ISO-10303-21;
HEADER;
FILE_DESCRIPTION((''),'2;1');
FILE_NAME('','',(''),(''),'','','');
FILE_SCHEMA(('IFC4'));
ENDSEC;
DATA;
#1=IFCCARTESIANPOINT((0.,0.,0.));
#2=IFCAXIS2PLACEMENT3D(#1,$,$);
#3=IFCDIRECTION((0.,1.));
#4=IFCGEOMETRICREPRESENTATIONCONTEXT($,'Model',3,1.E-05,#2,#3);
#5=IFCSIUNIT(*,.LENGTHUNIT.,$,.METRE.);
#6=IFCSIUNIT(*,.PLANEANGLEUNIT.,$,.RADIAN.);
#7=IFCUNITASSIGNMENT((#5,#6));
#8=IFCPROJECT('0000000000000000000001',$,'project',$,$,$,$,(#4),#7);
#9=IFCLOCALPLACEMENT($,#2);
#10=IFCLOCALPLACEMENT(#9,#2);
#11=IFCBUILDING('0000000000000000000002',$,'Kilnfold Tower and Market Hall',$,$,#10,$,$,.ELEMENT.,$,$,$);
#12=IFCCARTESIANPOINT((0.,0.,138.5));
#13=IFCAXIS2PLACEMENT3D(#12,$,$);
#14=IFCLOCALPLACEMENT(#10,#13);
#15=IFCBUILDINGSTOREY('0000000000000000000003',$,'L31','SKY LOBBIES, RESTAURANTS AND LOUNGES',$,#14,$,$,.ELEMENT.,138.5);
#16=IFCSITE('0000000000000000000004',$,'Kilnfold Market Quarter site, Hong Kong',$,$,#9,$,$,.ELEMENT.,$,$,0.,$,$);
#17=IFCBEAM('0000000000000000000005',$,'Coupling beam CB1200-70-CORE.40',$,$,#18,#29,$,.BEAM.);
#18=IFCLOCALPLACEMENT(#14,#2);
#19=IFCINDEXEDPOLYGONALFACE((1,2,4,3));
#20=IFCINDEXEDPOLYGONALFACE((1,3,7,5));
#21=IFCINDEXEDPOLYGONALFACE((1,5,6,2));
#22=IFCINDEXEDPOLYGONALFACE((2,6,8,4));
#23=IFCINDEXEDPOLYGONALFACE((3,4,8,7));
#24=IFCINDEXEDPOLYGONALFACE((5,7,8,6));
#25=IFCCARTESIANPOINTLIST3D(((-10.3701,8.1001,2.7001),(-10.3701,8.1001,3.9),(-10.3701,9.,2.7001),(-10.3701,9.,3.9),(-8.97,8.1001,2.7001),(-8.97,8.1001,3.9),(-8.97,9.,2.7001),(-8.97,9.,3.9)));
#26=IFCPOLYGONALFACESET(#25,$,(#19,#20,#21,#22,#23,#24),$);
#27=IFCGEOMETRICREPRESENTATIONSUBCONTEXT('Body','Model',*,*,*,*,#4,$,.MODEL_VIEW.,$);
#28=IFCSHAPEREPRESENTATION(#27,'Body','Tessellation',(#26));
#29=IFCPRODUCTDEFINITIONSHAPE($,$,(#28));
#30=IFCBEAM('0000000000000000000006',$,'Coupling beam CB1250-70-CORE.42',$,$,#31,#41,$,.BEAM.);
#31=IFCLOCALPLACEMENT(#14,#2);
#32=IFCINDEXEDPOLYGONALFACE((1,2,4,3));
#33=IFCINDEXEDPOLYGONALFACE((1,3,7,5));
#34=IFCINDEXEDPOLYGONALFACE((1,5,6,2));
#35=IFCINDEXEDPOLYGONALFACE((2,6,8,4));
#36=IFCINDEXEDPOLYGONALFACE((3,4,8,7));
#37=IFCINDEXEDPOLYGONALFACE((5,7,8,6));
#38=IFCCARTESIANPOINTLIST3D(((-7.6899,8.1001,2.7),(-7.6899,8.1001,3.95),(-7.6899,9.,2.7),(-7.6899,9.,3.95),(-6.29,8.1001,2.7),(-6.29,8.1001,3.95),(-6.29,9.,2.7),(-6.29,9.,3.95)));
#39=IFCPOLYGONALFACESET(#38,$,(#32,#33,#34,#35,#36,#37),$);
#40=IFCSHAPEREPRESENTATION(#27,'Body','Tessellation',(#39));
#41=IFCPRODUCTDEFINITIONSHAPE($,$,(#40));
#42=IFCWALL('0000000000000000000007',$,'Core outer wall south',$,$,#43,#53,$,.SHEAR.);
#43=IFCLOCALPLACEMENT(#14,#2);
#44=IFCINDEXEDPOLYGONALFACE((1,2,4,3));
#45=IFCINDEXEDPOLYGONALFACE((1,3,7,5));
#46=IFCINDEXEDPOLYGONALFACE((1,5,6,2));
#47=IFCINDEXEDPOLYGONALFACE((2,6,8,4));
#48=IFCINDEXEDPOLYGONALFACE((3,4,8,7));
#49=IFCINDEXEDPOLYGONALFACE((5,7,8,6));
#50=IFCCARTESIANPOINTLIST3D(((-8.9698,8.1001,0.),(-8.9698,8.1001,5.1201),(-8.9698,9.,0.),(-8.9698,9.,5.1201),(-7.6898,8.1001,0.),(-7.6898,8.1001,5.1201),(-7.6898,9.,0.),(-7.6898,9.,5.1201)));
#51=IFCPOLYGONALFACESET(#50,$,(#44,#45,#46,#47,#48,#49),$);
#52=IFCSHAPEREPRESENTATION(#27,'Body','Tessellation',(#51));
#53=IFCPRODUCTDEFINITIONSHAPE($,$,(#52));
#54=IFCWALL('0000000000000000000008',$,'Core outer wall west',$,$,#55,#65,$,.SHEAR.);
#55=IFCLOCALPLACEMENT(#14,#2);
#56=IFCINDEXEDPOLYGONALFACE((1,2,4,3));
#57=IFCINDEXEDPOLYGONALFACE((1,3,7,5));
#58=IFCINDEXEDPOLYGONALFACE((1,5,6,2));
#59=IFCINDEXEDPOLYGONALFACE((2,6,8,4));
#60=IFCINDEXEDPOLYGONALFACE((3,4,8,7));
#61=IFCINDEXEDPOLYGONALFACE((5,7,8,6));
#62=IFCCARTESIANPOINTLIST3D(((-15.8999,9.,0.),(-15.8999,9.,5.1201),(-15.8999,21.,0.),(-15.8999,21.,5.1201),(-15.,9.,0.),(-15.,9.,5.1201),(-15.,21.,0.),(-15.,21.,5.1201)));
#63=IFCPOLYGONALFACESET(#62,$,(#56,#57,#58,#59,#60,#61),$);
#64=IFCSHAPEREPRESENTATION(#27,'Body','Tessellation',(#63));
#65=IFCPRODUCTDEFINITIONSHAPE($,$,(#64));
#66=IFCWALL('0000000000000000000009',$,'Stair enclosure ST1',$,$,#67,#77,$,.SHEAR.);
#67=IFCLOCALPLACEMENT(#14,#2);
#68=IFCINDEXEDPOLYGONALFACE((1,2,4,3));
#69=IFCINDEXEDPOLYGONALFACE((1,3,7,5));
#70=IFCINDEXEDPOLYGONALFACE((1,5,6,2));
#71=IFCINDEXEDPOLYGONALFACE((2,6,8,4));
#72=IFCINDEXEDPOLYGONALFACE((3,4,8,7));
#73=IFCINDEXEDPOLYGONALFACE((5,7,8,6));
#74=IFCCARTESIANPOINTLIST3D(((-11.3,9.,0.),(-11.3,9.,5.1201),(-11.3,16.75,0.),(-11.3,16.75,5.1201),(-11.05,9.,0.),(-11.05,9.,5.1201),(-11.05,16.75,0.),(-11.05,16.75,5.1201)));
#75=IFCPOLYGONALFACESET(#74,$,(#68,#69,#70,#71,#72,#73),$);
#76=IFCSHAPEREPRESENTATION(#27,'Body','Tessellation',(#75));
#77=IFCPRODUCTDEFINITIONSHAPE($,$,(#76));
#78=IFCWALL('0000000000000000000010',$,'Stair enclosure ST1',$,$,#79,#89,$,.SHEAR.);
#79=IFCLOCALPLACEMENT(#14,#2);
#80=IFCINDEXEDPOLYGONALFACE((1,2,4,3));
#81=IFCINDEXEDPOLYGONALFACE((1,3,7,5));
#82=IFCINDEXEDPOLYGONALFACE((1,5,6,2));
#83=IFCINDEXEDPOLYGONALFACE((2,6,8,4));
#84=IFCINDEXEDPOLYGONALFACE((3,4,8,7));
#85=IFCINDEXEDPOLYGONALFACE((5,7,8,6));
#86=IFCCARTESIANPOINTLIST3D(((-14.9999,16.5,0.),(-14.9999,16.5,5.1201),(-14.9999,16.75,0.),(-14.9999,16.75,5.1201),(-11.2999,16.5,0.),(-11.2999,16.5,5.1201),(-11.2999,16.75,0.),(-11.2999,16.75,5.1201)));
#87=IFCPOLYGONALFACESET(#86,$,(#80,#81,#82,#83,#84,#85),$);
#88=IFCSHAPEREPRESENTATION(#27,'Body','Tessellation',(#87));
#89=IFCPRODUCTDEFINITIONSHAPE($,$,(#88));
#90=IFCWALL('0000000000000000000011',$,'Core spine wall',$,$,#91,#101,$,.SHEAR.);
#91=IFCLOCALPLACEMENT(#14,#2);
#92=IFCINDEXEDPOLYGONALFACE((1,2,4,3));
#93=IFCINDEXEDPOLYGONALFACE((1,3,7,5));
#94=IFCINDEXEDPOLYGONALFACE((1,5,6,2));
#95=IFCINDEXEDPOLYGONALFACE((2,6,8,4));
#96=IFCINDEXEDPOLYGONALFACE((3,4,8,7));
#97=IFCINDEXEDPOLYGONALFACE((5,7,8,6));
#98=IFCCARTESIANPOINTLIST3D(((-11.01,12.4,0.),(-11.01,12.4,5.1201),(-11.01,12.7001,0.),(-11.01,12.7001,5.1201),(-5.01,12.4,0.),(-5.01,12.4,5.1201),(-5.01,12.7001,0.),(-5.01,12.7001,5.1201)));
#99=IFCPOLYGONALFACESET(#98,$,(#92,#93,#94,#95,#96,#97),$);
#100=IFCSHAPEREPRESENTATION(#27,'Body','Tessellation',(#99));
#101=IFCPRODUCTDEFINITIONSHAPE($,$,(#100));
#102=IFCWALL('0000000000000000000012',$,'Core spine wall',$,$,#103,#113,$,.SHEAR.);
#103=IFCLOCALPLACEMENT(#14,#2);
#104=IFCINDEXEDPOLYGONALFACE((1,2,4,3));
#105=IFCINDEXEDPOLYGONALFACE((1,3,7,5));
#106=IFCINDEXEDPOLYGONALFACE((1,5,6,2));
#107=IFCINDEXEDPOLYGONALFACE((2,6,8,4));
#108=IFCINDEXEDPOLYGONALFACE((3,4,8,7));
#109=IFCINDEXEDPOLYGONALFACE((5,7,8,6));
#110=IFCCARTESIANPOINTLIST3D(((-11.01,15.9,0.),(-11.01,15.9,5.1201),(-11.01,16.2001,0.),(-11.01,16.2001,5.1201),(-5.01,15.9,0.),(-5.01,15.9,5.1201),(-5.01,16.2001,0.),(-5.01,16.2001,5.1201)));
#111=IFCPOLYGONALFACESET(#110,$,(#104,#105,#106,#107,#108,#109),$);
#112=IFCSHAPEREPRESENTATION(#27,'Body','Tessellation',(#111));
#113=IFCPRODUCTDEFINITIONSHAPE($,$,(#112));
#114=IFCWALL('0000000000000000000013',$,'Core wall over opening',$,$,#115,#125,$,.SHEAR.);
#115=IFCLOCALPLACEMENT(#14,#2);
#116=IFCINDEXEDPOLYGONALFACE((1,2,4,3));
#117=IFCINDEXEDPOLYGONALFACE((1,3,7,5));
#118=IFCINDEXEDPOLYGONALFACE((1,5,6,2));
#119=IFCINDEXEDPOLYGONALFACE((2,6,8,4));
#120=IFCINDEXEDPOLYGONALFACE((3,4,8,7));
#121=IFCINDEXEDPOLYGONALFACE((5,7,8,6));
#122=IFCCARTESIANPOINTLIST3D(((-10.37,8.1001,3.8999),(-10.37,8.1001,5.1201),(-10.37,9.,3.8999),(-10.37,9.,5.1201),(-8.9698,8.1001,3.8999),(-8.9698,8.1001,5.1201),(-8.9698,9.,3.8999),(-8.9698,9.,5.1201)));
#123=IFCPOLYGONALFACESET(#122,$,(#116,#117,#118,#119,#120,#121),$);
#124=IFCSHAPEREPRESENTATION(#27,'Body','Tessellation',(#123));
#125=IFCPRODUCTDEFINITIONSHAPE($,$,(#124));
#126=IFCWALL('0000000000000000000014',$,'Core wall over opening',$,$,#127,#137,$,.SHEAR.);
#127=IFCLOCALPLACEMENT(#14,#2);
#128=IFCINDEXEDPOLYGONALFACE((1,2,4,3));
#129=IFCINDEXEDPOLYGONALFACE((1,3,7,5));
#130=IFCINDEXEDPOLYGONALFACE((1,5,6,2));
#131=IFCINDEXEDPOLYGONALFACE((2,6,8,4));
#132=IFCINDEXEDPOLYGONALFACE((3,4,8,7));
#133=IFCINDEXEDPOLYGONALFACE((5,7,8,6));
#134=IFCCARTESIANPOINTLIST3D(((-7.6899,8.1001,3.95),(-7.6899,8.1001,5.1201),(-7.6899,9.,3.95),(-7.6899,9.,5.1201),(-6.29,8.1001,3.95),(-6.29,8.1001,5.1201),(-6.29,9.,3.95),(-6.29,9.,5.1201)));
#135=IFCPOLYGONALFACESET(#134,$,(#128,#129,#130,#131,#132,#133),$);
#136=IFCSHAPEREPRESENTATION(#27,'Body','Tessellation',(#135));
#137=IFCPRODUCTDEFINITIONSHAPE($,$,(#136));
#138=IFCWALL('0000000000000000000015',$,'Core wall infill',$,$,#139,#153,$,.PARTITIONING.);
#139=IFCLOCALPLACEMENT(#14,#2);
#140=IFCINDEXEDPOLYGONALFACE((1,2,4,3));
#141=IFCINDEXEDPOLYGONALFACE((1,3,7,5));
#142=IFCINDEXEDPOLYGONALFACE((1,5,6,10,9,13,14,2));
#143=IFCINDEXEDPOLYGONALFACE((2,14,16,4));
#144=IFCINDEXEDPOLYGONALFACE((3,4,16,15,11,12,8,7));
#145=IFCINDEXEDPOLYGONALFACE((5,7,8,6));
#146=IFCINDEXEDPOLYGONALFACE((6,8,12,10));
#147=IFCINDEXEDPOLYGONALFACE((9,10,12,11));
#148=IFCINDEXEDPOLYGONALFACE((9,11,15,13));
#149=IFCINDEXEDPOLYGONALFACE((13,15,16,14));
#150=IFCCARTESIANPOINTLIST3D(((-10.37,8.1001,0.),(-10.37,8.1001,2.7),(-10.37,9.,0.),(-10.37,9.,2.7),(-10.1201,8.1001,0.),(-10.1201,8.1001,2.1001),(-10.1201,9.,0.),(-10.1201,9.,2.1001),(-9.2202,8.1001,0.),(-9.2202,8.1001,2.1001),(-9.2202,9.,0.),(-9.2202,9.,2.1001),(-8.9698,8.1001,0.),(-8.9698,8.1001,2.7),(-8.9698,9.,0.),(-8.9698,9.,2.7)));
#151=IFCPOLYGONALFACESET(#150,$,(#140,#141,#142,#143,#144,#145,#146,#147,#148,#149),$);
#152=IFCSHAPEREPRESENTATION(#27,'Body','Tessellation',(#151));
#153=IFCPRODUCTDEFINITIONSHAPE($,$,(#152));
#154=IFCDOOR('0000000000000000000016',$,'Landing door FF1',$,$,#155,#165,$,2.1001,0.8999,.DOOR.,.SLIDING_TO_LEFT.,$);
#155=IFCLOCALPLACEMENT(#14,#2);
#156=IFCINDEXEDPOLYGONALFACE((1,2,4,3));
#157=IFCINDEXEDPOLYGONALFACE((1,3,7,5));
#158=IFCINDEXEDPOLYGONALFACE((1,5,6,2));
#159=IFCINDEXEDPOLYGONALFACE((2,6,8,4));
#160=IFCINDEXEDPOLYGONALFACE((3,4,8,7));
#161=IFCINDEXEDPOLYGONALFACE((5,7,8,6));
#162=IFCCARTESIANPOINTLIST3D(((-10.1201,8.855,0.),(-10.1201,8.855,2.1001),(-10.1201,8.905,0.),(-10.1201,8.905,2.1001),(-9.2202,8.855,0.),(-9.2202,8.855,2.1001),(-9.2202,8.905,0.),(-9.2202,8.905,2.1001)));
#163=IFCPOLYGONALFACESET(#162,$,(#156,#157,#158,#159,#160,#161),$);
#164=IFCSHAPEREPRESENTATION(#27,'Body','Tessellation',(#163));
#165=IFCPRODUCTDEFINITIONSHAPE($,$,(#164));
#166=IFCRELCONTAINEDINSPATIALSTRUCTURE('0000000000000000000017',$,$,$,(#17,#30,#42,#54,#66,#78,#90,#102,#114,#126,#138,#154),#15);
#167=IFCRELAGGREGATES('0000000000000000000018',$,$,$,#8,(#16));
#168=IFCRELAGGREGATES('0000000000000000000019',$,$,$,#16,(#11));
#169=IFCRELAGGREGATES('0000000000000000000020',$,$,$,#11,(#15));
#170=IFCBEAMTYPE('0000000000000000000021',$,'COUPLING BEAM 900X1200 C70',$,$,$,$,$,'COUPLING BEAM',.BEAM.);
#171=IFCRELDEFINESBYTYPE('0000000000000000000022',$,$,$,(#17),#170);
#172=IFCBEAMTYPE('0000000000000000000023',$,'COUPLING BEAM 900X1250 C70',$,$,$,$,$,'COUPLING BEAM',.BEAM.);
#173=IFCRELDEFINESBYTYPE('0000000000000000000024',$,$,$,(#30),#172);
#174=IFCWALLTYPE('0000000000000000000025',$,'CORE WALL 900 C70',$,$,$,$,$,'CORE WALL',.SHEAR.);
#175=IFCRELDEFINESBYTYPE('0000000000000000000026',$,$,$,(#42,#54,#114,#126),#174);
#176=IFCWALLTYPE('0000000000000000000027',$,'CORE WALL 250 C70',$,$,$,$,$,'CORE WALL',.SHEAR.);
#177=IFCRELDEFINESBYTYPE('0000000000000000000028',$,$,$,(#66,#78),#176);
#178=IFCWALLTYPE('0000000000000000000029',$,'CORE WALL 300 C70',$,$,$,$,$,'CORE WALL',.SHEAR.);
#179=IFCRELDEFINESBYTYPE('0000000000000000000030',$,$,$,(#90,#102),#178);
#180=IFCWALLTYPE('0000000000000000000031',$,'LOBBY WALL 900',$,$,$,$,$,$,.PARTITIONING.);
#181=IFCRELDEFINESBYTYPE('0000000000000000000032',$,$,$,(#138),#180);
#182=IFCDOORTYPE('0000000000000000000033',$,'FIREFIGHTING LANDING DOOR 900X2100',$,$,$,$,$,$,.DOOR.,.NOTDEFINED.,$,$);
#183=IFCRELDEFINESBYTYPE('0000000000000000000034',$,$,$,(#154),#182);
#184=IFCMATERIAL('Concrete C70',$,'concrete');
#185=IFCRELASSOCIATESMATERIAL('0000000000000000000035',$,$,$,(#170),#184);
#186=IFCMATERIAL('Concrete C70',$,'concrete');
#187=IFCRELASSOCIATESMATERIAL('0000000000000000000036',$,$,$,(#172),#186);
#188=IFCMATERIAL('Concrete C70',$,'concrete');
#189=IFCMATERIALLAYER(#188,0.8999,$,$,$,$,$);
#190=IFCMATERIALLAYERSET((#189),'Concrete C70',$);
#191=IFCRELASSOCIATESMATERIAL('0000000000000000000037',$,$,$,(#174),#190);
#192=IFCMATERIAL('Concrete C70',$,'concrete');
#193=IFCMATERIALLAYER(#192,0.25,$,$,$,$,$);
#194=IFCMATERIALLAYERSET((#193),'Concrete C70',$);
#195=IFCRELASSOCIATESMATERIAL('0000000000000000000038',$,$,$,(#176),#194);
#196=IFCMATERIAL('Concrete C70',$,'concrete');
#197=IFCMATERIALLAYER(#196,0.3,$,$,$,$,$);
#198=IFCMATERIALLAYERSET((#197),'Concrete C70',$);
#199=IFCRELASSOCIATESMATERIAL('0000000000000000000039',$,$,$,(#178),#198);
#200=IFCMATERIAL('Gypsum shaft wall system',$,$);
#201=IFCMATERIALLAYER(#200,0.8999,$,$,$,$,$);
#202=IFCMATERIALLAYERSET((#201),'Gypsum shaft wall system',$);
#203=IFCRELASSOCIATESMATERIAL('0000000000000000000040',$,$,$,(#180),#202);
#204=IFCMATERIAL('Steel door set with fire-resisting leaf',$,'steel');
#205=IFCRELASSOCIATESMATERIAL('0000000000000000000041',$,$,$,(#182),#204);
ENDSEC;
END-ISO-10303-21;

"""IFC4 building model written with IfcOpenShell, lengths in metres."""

from ifc_helpers import new_model, si_unit, direction, frame, frame_2d, origin, origin_2d, place, context, subcontext, project, spatial, rectangle, extrude, source, transform, mapped, material, layer, layer_set, material_profile, profile_set, type_object, element, fill, save


model = new_model("IFC4")

# Units and contexts
model_context = context("Model", 3, precision=1e-05, world=origin(), true_north=direction((0.0, 1.0)))
body_context = subcontext(model_context, "Body", "Model", "MODEL_VIEW")
ifc_project = project(units=[si_unit("LENGTHUNIT", "METRE"), si_unit("PLANEANGLEUNIT", "RADIAN")], contexts=[model_context])

# Site, building, storey
site_placement = place(None, origin())
site = spatial("IfcSite", under=ifc_project, at=site_placement, Name="Kilnfold Market Quarter site, Hong Kong", CompositionType="ELEMENT", RefElevation=0.0)
building_placement = place(site_placement, origin())
building = spatial("IfcBuilding", under=site, at=building_placement, Name="Kilnfold Tower and Market Hall", CompositionType="ELEMENT")
storey_placement = place(building_placement, frame((0.0, 0.0, 138.5)))
storey = spatial("IfcBuildingStorey", under=building, at=storey_placement, Name="L31", Description="SKY LOBBIES, RESTAURANTS AND LOUNGES", CompositionType="ELEMENT", Elevation=138.5)

# Beams
ifc_material_1 = material(Name="Concrete C70", Category="concrete")
ifc_material_profile_1 = material_profile(ifc_material_1, rectangle(XDim=0.8999, YDim=1.2, at=origin_2d()), Name="RC 900x1200")
ifc_profile_set_1 = profile_set([ifc_material_profile_1], Name="Concrete C70")
beam_type_1 = type_object("IfcBeamType", Name="COUPLING BEAM 900X1200 C70", ElementType="COUPLING BEAM", PredefinedType="BEAM", material=ifc_profile_set_1)
shared_shape_1 = source(origin(), body_context, "Body", "SweptSolid", [
    extrude(rectangle(XDim=0.8999, YDim=1.2, at=origin_2d()), origin(), (0.0, 0.0, 1.0), 1.4001),
])
beam_1_placement = place(storey_placement, frame((-10.3701, 8.55, 3.3), z_axis=(1.0, 0.0, 0.0), x_axis=(0.0, 1.0, 0.0)))
element("IfcBeam", 1, at=beam_1_placement, inside=storey, type_object=beam_type_1, Name="Coupling beam CB1200-70-CORE.40", PredefinedType="BEAM", context=body_context, shape_type="MappedRepresentation", body=[
    mapped(shared_shape_1, transform((0.0, 0.0, 0.0))),
])
ifc_material_2 = material(Name="Concrete C70", Category="concrete")
ifc_material_profile_2 = material_profile(ifc_material_2, rectangle(XDim=0.8999, YDim=1.25, at=origin_2d()), Name="RC 900x1250")
ifc_profile_set_2 = profile_set([ifc_material_profile_2], Name="Concrete C70")
beam_type_2 = type_object("IfcBeamType", Name="COUPLING BEAM 900X1250 C70", ElementType="COUPLING BEAM", PredefinedType="BEAM", material=ifc_profile_set_2)
shared_shape_2 = source(origin(), body_context, "Body", "SweptSolid", [
    extrude(rectangle(XDim=0.8999, YDim=1.25, at=origin_2d()), origin(), (0.0, 0.0, 1.0), 1.3999),
])
beam_2_placement = place(storey_placement, frame((-7.6899, 8.55, 3.325), z_axis=(1.0, 0.0, 0.0), x_axis=(0.0, 1.0, 0.0)))
element("IfcBeam", 2, at=beam_2_placement, inside=storey, type_object=beam_type_2, Name="Coupling beam CB1250-70-CORE.42", PredefinedType="BEAM", context=body_context, shape_type="MappedRepresentation", body=[
    mapped(shared_shape_2, transform((0.0, 0.0, 0.0))),
])

# Walls
ifc_material_3 = material(Name="Concrete C70", Category="concrete")
ifc_layer_1 = layer(ifc_material_3, 0.8999)
ifc_layer_set_1 = layer_set([ifc_layer_1], Name="Concrete C70")
wall_type_1 = type_object("IfcWallType", Name="CORE WALL 900 C70", ElementType="CORE WALL", PredefinedType="SHEAR", material=ifc_layer_set_1)
shared_shape_3 = source(origin(), body_context, "Body", "SweptSolid", [
    extrude(rectangle(XDim=1.28, YDim=0.8999, at=frame_2d((0.6401, 0.0))), origin(), (0.0, 0.0, 1.0), 5.1201),
])
wall_1_placement = place(storey_placement, frame((-8.97, 8.55, 0.0), z_axis=(0.0, 0.0, 1.0), x_axis=(1.0, 0.0, 0.0)))
element("IfcWall", 3, at=wall_1_placement, inside=storey, type_object=wall_type_1, Name="Core outer wall south", PredefinedType="SHEAR", context=body_context, shape_type="MappedRepresentation", body=[
    mapped(shared_shape_3, transform((0.0, 0.0, 0.0))),
])
shared_shape_4 = source(origin(), body_context, "Body", "SweptSolid", [
    extrude(rectangle(XDim=12.0, YDim=0.8999, at=frame_2d((6.0, 0.0))), origin(), (0.0, 0.0, 1.0), 5.1201),
])
wall_2_placement = place(storey_placement, frame((-15.45, 9.0, 0.0), z_axis=(0.0, 0.0, 1.0), x_axis=(0.0, 1.0, 0.0)))
element("IfcWall", 4, at=wall_2_placement, inside=storey, type_object=wall_type_1, Name="Core outer wall west", PredefinedType="SHEAR", context=body_context, shape_type="MappedRepresentation", body=[
    mapped(shared_shape_4, transform((0.0, 0.0, 0.0))),
])
ifc_material_4 = material(Name="Concrete C70", Category="concrete")
ifc_layer_2 = layer(ifc_material_4, 0.25)
ifc_layer_set_2 = layer_set([ifc_layer_2], Name="Concrete C70")
wall_type_2 = type_object("IfcWallType", Name="CORE WALL 250 C70", ElementType="CORE WALL", PredefinedType="SHEAR", material=ifc_layer_set_2)
shared_shape_5 = source(origin(), body_context, "Body", "SweptSolid", [
    extrude(rectangle(XDim=7.75, YDim=0.25, at=frame_2d((3.875, 0.0))), origin(), (0.0, 0.0, 1.0), 5.1201),
])
wall_3_placement = place(storey_placement, frame((-11.175, 9.0, 0.0), z_axis=(0.0, 0.0, 1.0), x_axis=(0.0, 1.0, 0.0)))
element("IfcWall", 5, at=wall_3_placement, inside=storey, type_object=wall_type_2, Name="Stair enclosure ST1", PredefinedType="SHEAR", context=body_context, shape_type="MappedRepresentation", body=[
    mapped(shared_shape_5, transform((0.0, 0.0, 0.0))),
])
shared_shape_6 = source(origin(), body_context, "Body", "SweptSolid", [
    extrude(rectangle(XDim=3.7, YDim=0.25, at=frame_2d((1.8501, 0.0))), origin(), (0.0, 0.0, 1.0), 5.1201),
])
wall_4_placement = place(storey_placement, frame((-15.0, 16.625, 0.0), z_axis=(0.0, 0.0, 1.0), x_axis=(1.0, 0.0, 0.0)))
element("IfcWall", 6, at=wall_4_placement, inside=storey, type_object=wall_type_2, Name="Stair enclosure ST1", PredefinedType="SHEAR", context=body_context, shape_type="MappedRepresentation", body=[
    mapped(shared_shape_6, transform((0.0, 0.0, 0.0))),
])
ifc_material_5 = material(Name="Concrete C70", Category="concrete")
ifc_layer_3 = layer(ifc_material_5, 0.3)
ifc_layer_set_3 = layer_set([ifc_layer_3], Name="Concrete C70")
wall_type_3 = type_object("IfcWallType", Name="CORE WALL 300 C70", ElementType="CORE WALL", PredefinedType="SHEAR", material=ifc_layer_set_3)
shared_shape_7 = source(origin(), body_context, "Body", "SweptSolid", [
    extrude(rectangle(XDim=6.0, YDim=0.3, at=frame_2d((3.0, 0.0))), origin(), (0.0, 0.0, 1.0), 5.1201),
])
for number, where, z_axis, x_axis, name in (
    (7, (-11.01, 12.55, 0.0), (0.0, 0.0, 1.0), (1.0, 0.0, 0.0), "Core spine wall"),
    (8, (-11.01, 16.05, 0.0), (0.0, 0.0, 1.0), (1.0, 0.0, 0.0), "Core spine wall"),
):
    element("IfcWall", number, at=place(storey_placement, frame(where, z_axis=z_axis, x_axis=x_axis)), inside=storey, type_object=wall_type_3, Name=name, PredefinedType="SHEAR", context=body_context, shape_type="MappedRepresentation", body=[
        mapped(shared_shape_7, transform((0.0, 0.0, 0.0))),
    ])
shared_shape_8 = source(origin(), body_context, "Body", "SweptSolid", [
    extrude(rectangle(XDim=1.4001, YDim=0.8999, at=frame_2d((0.7002, 0.0))), origin(), (0.0, 0.0, 1.0), 1.2202),
])
wall_5_placement = place(storey_placement, frame((-10.3701, 8.55, 3.8999), z_axis=(0.0, 0.0, 1.0), x_axis=(1.0, 0.0, 0.0)))
element("IfcWall", 9, at=wall_5_placement, inside=storey, type_object=wall_type_1, Name="Core wall over opening", PredefinedType="SHEAR", context=body_context, shape_type="MappedRepresentation", body=[
    mapped(shared_shape_8, transform((0.0, 0.0, 0.0))),
])
shared_shape_9 = source(origin(), body_context, "Body", "SweptSolid", [
    extrude(rectangle(XDim=1.3999, YDim=0.8999, at=frame_2d((0.7, 0.0))), origin(), (0.0, 0.0, 1.0), 1.1702),
])
wall_6_placement = place(storey_placement, frame((-7.6899, 8.55, 3.95), z_axis=(0.0, 0.0, 1.0), x_axis=(1.0, 0.0, 0.0)))
element("IfcWall", 10, at=wall_6_placement, inside=storey, type_object=wall_type_1, Name="Core wall over opening", PredefinedType="SHEAR", context=body_context, shape_type="MappedRepresentation", body=[
    mapped(shared_shape_9, transform((0.0, 0.0, 0.0))),
])

# Wall, opening, door
ifc_material_6 = material(Name="Gypsum shaft wall system")
ifc_layer_4 = layer(ifc_material_6, 0.8999)
ifc_layer_set_4 = layer_set([ifc_layer_4], Name="Gypsum shaft wall system")
wall_type_4 = type_object("IfcWallType", Name="LOBBY WALL 900", PredefinedType="PARTITIONING", material=ifc_layer_set_4)
shared_shape_10 = source(origin(), body_context, "Body", "SweptSolid", [
    extrude(rectangle(XDim=1.4001, YDim=0.8999, at=frame_2d((0.7002, 0.0))), origin(), (0.0, 0.0, 1.0), 2.7),
])
wall_7_placement = place(storey_placement, frame((-10.3701, 8.55, 0.0), z_axis=(0.0, 0.0, 1.0), x_axis=(1.0, 0.0, 0.0)))
wall_7 = element("IfcWall", 11, at=wall_7_placement, inside=storey, type_object=wall_type_4, Name="Core wall infill", PredefinedType="PARTITIONING", context=body_context, shape_type="MappedRepresentation", body=[
    mapped(shared_shape_10, transform((0.0, 0.0, 0.0))),
])
opening_placement = place(wall_7_placement, frame((0.25, 0.0, 0.0)))
opening = element("IfcOpeningElement", 12, at=opening_placement, cuts=wall_7, PredefinedType="OPENING", context=body_context, shape_type="SweptSolid", body=[
    extrude(rectangle(XDim=0.8999, YDim=2.1001, at=frame_2d((0.45, 1.05))), frame((0.0, 0.46, 0.0), z_axis=(0.0, -1.0, 0.0), x_axis=(1.0, 0.0, 0.0)), (0.0, 0.0, 1.0), 0.9199),
])
ifc_material_7 = material(Name="Steel door set with fire-resisting leaf", Category="steel")
door_type = type_object("IfcDoorType", Name="FIREFIGHTING LANDING DOOR 900X2100", OperationType="NOTDEFINED", PredefinedType="DOOR", material=ifc_material_7)
door_placement = place(opening_placement, origin())
door = element("IfcDoor", 13, at=door_placement, inside=storey, type_object=door_type, Name="Landing door FF1", OperationType="SLIDING_TO_LEFT", OverallHeight=2.1001, OverallWidth=0.8999, PredefinedType="DOOR", context=body_context, shape_type="SweptSolid", body=[
    extrude(rectangle(XDim=0.8999, YDim=2.1001, at=frame_2d((0.45, 1.05))), frame((0.0, 0.355, 0.0), z_axis=(0.0, -1.0, 0.0), x_axis=(1.0, 0.0, 0.0)), (0.0, 0.0, 1.0), 0.05),
])
fill(opening, door)

save(model, "model.ifc")
